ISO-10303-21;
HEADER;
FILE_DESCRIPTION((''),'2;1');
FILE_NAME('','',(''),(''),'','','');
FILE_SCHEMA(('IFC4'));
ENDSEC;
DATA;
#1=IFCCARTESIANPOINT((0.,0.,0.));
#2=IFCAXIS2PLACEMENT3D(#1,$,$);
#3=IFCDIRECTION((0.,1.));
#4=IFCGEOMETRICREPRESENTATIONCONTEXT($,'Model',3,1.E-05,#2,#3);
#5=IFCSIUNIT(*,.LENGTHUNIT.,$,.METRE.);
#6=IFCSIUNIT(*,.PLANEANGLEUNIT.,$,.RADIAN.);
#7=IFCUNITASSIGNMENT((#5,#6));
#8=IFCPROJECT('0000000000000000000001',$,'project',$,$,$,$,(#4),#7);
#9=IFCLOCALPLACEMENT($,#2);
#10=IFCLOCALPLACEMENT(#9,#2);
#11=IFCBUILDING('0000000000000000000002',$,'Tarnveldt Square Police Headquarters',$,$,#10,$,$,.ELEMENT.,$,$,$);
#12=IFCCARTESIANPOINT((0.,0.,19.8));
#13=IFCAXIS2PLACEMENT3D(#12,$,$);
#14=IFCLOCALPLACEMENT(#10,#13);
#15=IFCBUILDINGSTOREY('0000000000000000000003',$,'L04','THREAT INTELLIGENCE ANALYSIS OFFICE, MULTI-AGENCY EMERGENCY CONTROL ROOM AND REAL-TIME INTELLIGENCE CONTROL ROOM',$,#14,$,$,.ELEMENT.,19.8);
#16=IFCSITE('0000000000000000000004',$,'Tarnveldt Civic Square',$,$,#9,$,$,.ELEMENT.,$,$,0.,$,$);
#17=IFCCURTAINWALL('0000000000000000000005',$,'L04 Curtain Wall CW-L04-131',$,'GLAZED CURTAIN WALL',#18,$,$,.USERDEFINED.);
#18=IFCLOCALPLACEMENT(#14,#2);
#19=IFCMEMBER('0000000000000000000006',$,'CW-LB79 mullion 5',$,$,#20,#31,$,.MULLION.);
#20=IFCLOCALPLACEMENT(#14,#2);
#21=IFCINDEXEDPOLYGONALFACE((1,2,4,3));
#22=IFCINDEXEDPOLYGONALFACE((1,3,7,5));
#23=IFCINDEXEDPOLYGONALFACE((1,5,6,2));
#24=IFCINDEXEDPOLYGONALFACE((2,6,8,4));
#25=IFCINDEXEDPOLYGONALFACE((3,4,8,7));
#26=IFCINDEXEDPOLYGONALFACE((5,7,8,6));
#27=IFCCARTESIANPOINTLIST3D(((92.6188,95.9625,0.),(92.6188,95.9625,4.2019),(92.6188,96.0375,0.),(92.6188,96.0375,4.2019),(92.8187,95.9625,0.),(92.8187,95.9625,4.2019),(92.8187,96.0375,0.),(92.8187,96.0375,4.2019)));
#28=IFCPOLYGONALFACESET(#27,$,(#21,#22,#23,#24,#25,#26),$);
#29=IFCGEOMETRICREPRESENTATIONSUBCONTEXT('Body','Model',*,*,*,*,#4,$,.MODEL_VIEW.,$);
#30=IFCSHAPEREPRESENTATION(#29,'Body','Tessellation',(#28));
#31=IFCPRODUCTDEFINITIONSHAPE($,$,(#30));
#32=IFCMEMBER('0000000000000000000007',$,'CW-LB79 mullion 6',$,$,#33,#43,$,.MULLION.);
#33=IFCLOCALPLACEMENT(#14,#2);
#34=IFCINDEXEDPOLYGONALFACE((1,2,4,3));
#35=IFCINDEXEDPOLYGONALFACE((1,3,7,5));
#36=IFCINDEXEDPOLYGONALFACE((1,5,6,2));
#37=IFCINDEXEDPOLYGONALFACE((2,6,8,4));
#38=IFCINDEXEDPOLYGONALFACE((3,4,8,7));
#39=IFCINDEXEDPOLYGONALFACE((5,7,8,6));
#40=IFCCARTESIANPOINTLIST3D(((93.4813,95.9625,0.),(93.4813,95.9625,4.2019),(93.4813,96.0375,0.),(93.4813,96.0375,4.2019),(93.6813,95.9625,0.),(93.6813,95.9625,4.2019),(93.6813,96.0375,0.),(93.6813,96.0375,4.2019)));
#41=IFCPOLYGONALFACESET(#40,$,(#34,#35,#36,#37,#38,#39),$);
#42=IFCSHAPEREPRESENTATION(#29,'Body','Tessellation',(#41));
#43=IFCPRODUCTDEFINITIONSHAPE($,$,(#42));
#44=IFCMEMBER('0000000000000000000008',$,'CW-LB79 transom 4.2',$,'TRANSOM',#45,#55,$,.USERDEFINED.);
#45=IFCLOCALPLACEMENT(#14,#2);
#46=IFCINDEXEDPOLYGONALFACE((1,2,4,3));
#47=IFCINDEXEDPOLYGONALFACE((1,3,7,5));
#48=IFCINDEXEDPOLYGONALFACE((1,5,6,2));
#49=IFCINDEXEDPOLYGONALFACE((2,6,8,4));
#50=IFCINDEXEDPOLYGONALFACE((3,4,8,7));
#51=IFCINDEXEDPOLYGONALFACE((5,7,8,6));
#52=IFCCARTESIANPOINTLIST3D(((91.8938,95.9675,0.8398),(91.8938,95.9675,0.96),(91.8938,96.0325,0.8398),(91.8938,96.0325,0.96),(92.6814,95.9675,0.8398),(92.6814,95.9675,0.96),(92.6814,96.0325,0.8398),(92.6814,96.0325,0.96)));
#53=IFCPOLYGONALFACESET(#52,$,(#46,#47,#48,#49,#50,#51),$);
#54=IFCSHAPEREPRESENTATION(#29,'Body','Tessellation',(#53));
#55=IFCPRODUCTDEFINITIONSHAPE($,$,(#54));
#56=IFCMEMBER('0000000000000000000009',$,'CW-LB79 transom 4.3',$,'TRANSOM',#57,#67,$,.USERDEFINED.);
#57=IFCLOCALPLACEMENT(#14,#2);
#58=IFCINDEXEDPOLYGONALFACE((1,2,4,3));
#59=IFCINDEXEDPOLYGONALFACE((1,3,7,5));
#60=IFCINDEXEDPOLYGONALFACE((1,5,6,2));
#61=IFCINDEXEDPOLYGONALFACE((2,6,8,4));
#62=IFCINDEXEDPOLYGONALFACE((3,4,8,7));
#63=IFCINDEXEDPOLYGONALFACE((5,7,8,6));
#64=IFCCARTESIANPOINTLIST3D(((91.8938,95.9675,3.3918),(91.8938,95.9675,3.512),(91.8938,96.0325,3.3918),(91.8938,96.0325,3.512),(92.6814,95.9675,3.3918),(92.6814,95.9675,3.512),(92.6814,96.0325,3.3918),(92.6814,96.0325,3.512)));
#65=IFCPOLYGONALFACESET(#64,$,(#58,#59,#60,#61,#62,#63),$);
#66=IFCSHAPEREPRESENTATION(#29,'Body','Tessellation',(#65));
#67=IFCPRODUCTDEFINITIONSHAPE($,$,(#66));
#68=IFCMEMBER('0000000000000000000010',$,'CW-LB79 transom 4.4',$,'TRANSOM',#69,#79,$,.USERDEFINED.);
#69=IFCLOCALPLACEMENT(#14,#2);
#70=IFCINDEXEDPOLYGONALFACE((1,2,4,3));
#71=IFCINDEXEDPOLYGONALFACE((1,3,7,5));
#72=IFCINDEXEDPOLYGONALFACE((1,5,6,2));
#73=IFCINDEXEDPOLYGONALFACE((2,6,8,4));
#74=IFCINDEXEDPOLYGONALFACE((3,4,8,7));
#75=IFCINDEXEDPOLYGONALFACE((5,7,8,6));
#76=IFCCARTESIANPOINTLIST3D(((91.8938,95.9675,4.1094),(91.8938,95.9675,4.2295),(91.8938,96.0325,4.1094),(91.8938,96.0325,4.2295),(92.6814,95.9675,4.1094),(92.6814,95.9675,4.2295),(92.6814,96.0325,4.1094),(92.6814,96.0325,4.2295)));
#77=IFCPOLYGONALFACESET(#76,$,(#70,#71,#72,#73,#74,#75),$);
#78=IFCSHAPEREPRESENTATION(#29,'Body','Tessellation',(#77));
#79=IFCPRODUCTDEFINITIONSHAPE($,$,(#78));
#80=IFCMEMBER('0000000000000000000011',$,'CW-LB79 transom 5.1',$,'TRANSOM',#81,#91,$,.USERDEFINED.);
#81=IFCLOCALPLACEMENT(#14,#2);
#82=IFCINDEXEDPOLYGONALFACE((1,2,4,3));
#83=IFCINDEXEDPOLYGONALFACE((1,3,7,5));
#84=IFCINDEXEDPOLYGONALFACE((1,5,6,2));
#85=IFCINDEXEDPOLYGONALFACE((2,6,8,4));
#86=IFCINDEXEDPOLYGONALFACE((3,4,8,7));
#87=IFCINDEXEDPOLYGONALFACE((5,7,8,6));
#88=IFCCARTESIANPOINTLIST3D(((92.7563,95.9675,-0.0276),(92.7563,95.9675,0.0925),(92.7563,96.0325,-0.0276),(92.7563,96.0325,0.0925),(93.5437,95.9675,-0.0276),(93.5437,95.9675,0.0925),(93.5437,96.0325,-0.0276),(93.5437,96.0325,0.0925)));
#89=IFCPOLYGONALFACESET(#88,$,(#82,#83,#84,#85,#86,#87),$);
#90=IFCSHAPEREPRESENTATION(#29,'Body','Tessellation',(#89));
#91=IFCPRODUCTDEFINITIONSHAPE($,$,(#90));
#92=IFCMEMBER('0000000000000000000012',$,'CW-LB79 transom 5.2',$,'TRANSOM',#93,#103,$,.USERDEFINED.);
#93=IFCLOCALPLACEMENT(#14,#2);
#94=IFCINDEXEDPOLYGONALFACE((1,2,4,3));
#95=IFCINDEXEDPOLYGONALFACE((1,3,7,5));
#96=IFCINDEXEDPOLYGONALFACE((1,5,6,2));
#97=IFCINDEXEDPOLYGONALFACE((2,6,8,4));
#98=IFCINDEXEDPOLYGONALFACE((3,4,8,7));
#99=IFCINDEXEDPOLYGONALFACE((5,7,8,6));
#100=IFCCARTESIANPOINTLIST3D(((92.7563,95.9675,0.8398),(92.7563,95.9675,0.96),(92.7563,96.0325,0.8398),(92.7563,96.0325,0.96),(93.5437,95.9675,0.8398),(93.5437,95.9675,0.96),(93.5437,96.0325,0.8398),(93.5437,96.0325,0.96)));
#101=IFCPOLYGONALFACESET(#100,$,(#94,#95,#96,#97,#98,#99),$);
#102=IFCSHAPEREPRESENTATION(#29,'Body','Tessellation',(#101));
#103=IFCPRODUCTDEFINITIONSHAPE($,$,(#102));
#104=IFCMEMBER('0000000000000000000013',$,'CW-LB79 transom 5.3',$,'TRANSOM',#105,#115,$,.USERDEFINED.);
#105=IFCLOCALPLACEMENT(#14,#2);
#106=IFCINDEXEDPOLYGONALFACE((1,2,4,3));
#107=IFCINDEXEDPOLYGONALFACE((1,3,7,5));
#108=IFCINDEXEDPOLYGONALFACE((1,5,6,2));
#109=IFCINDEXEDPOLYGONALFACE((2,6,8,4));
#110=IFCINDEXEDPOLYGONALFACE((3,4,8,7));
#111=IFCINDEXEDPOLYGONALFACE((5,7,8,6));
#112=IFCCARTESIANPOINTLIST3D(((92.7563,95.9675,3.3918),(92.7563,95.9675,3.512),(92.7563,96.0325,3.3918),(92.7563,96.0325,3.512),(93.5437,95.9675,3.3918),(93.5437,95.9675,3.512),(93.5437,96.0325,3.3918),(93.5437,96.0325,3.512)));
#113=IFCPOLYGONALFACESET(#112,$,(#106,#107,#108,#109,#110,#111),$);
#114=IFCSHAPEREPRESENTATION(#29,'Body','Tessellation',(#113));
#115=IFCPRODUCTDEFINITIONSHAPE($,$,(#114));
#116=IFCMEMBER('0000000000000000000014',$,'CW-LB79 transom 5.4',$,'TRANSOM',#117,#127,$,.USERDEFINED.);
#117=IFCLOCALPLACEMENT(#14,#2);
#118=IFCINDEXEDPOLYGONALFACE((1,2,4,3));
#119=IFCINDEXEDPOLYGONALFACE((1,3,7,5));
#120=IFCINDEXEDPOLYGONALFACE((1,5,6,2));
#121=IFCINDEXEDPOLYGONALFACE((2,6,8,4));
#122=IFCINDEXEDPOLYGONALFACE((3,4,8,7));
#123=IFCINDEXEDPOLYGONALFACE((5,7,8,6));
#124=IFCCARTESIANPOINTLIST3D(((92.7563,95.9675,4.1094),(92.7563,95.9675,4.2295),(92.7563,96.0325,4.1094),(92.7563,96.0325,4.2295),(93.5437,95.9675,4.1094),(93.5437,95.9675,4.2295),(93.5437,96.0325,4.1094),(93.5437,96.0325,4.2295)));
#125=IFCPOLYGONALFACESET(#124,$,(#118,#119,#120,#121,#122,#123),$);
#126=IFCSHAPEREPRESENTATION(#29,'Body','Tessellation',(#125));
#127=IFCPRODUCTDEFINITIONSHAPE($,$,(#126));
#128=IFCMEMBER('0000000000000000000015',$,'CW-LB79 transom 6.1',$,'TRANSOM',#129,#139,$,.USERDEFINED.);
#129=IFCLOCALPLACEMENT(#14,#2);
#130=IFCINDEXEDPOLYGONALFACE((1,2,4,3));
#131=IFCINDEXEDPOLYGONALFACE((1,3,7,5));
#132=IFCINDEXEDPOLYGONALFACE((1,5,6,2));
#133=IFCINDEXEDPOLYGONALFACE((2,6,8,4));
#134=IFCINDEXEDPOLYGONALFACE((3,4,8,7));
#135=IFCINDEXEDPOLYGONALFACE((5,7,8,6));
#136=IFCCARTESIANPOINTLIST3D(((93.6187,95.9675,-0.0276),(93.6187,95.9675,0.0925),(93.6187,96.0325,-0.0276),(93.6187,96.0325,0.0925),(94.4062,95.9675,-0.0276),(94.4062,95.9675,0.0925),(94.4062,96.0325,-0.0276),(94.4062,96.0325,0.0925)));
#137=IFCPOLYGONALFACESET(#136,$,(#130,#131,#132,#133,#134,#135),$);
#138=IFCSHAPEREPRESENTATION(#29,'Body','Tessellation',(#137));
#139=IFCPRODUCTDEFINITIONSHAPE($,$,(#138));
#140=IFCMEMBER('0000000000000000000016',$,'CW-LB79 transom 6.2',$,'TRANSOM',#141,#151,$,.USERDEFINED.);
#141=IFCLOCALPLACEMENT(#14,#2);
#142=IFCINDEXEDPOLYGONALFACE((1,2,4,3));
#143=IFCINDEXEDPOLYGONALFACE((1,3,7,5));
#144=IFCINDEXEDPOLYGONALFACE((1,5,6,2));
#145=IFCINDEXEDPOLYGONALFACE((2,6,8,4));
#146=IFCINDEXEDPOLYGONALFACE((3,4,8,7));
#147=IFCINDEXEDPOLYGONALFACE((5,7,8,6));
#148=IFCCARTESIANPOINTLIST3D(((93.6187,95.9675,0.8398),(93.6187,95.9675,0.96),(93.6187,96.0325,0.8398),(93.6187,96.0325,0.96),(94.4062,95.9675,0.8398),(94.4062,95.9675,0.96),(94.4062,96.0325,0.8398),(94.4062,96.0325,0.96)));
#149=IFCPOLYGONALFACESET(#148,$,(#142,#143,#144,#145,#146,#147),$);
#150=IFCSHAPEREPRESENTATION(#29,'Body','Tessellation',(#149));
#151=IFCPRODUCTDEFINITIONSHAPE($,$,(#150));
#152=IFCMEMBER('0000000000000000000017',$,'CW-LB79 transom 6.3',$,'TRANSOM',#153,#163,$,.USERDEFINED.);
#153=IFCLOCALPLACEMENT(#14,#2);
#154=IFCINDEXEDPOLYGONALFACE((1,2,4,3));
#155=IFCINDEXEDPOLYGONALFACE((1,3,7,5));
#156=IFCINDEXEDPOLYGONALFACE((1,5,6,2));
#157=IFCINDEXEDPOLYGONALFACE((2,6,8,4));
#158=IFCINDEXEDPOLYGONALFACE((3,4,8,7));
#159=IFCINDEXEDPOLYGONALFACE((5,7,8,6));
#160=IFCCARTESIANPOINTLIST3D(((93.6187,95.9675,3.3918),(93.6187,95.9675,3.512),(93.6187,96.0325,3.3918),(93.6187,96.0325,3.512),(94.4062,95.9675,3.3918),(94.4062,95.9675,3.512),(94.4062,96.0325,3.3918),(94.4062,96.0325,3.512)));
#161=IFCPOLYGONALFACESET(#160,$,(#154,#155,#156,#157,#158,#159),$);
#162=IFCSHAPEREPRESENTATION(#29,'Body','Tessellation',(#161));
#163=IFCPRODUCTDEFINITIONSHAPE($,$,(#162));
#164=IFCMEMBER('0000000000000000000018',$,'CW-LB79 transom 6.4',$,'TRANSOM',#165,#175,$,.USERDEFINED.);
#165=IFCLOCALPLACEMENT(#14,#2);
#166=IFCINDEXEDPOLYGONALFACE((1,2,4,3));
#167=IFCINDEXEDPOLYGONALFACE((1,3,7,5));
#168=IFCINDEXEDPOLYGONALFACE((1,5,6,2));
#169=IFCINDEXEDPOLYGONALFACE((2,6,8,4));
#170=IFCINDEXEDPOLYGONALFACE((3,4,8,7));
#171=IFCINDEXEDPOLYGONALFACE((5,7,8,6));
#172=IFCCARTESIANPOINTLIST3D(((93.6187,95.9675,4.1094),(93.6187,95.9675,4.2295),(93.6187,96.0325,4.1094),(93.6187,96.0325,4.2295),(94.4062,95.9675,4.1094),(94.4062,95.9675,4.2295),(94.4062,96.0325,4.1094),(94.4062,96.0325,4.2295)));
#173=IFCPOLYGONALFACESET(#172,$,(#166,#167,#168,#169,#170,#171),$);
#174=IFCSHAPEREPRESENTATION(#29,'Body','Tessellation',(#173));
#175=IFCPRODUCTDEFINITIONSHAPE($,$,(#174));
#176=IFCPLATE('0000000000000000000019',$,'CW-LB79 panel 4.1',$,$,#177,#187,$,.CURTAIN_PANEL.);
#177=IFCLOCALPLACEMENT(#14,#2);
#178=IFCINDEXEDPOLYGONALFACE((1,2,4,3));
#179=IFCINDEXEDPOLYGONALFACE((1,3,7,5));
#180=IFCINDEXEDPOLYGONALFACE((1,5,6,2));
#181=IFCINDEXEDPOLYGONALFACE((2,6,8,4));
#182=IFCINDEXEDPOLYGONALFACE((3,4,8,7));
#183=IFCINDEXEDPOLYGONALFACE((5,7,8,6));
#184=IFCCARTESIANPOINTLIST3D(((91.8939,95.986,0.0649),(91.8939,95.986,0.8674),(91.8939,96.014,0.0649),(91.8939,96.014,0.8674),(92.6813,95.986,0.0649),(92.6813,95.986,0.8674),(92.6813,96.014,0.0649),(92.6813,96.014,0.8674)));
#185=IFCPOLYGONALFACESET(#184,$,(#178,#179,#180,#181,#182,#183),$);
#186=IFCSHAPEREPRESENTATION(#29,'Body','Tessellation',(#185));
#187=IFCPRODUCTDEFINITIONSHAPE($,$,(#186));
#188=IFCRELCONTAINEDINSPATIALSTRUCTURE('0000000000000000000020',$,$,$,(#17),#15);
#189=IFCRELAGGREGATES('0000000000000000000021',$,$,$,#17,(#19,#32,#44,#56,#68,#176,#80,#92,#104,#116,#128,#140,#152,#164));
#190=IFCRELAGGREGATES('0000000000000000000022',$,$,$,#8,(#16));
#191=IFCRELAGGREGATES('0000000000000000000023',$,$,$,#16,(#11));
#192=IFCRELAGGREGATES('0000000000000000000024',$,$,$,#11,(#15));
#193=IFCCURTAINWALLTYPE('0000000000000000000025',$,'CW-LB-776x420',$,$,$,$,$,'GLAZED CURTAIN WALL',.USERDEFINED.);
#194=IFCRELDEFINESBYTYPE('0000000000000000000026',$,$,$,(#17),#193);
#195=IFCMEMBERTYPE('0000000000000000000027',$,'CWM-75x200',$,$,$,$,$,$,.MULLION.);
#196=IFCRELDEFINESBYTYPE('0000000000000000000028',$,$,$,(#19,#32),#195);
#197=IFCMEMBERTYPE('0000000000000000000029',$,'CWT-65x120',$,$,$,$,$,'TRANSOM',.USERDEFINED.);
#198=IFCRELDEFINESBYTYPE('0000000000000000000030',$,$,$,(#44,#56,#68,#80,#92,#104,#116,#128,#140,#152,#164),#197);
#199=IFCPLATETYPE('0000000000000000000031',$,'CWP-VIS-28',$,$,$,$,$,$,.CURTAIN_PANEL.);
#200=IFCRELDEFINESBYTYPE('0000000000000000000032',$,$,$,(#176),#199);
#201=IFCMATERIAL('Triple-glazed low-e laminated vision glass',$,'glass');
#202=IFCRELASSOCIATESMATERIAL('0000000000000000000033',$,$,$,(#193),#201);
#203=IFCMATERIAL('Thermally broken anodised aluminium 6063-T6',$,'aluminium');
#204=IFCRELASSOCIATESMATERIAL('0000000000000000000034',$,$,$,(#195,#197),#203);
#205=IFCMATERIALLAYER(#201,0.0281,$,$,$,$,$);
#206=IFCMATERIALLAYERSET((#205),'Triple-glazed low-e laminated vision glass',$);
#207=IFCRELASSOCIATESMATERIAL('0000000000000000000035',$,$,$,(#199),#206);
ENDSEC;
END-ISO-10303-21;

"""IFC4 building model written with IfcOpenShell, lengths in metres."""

from ifc_helpers import new_model, si_unit, direction, frame, origin, origin_2d, place, context, subcontext, project, spatial, rectangle, extrude, material, layer, layer_set, material_profile, profile_set, type_object, element, aggregate, save


model = new_model("IFC4")

# Units and contexts
model_context = context("Model", 3, precision=1e-05, world=origin(), true_north=direction((0.0, 1.0)))
body_context = subcontext(model_context, "Body", "Model", "MODEL_VIEW")
ifc_project = project(units=[si_unit("LENGTHUNIT", "METRE"), si_unit("PLANEANGLEUNIT", "RADIAN")], contexts=[model_context])

# Site, building, storey
site_placement = place(None, origin())
site = spatial("IfcSite", under=ifc_project, at=site_placement, Name="Tarnveldt Civic Square", CompositionType="ELEMENT", RefElevation=0.0)
building_placement = place(site_placement, origin())
building = spatial("IfcBuilding", under=site, at=building_placement, Name="Tarnveldt Square Police Headquarters", CompositionType="ELEMENT")
storey_placement = place(building_placement, frame((0.0, 0.0, 19.8)))
storey = spatial("IfcBuildingStorey", under=building, at=storey_placement, Name="L04", Description="THREAT INTELLIGENCE ANALYSIS OFFICE, MULTI-AGENCY EMERGENCY CONTROL ROOM AND REAL-TIME INTELLIGENCE CONTROL ROOM", CompositionType="ELEMENT", Elevation=19.8)

# Curtain wall, members, plate
ifc_material_1 = material(Name="Triple-glazed low-e laminated vision glass", Category="glass")
curtain_wall_type = type_object("IfcCurtainWallType", Name="CW-LB-776x420", ElementType="GLAZED CURTAIN WALL", PredefinedType="USERDEFINED", material=ifc_material_1)
curtain_wall_placement = place(storey_placement, origin())
curtain_wall = element("IfcCurtainWall", 1, at=curtain_wall_placement, inside=storey, type_object=curtain_wall_type, Name="L04 Curtain Wall CW-L04-131", ObjectType="GLAZED CURTAIN WALL", PredefinedType="USERDEFINED")
ifc_material_2 = material(Name="Thermally broken anodised aluminium 6063-T6", Category="aluminium")
ifc_material_profile_1 = material_profile(ifc_material_2, rectangle(XDim=0.075, YDim=0.2, at=origin_2d()), Name="CW-M75x200")
ifc_profile_set_1 = profile_set([ifc_material_profile_1], Name="Thermally broken anodised aluminium 6063-T6")
member_type_1 = type_object("IfcMemberType", Name="CWM-75x200", PredefinedType="MULLION", material=ifc_profile_set_1)
member_1_placement = place(storey_placement, frame((92.7188, 96.0, 0.0), z_axis=(0.0, 0.0, 1.0), x_axis=(0.0, 1.0, 0.0)))
member_1 = element("IfcMember", 2, at=member_1_placement, type_object=member_type_1, Name="CW-LB79 mullion 5", PredefinedType="MULLION", context=body_context, shape_type="SweptSolid", body=[
    extrude(rectangle(XDim=0.075, YDim=0.2, at=origin_2d()), origin(), (0.0, 0.0, 1.0), 4.2019),
])
member_2_placement = place(storey_placement, frame((93.5813, 96.0, 0.0), z_axis=(0.0, 0.0, 1.0), x_axis=(0.0, 1.0, 0.0)))
member_2 = element("IfcMember", 3, at=member_2_placement, type_object=member_type_1, Name="CW-LB79 mullion 6", PredefinedType="MULLION", context=body_context, shape_type="SweptSolid", body=[
    extrude(rectangle(XDim=0.075, YDim=0.2, at=origin_2d()), origin(), (0.0, 0.0, 1.0), 4.2019),
])
ifc_material_profile_2 = material_profile(ifc_material_2, rectangle(XDim=0.0649, YDim=0.1201, at=origin_2d()), Name="CW-T65x120")
ifc_profile_set_2 = profile_set([ifc_material_profile_2], Name="Thermally broken anodised aluminium 6063-T6")
member_type_2 = type_object("IfcMemberType", Name="CWT-65x120", ElementType="TRANSOM", PredefinedType="USERDEFINED", material=ifc_profile_set_2)
member_3_placement = place(storey_placement, frame((91.8938, 96.0, 0.8999), z_axis=(1.0, 0.0, 0.0), x_axis=(0.0, 1.0, 0.0)))
member_3 = element("IfcMember", 4, at=member_3_placement, type_object=member_type_2, Name="CW-LB79 transom 4.2", ObjectType="TRANSOM", PredefinedType="USERDEFINED", context=body_context, shape_type="SweptSolid", body=[
    extrude(rectangle(XDim=0.0649, YDim=0.1201, at=origin_2d()), origin(), (0.0, 0.0, 1.0), 0.7876),
])
member_4_placement = place(storey_placement, frame((91.8938, 96.0, 3.4519), z_axis=(1.0, 0.0, 0.0), x_axis=(0.0, 1.0, 0.0)))
member_4 = element("IfcMember", 5, at=member_4_placement, type_object=member_type_2, Name="CW-LB79 transom 4.3", ObjectType="TRANSOM", PredefinedType="USERDEFINED", context=body_context, shape_type="SweptSolid", body=[
    extrude(rectangle(XDim=0.0649, YDim=0.1201, at=origin_2d()), origin(), (0.0, 0.0, 1.0), 0.7876),
])
member_5_placement = place(storey_placement, frame((91.8938, 96.0, 4.1694), z_axis=(1.0, 0.0, 0.0), x_axis=(0.0, 1.0, 0.0)))
member_5 = element("IfcMember", 6, at=member_5_placement, type_object=member_type_2, Name="CW-LB79 transom 4.4", ObjectType="TRANSOM", PredefinedType="USERDEFINED", context=body_context, shape_type="SweptSolid", body=[
    extrude(rectangle(XDim=0.0649, YDim=0.1201, at=origin_2d()), origin(), (0.0, 0.0, 1.0), 0.7876),
])
member_6_placement = place(storey_placement, frame((92.7563, 96.0, 0.0325), z_axis=(1.0, 0.0, 0.0), x_axis=(0.0, 1.0, 0.0)))
member_6 = element("IfcMember", 7, at=member_6_placement, type_object=member_type_2, Name="CW-LB79 transom 5.1", ObjectType="TRANSOM", PredefinedType="USERDEFINED", context=body_context, shape_type="SweptSolid", body=[
    extrude(rectangle(XDim=0.0649, YDim=0.1201, at=origin_2d()), origin(), (0.0, 0.0, 1.0), 0.7874),
])
member_7_placement = place(storey_placement, frame((92.7563, 96.0, 0.8999), z_axis=(1.0, 0.0, 0.0), x_axis=(0.0, 1.0, 0.0)))
member_7 = element("IfcMember", 8, at=member_7_placement, type_object=member_type_2, Name="CW-LB79 transom 5.2", ObjectType="TRANSOM", PredefinedType="USERDEFINED", context=body_context, shape_type="SweptSolid", body=[
    extrude(rectangle(XDim=0.0649, YDim=0.1201, at=origin_2d()), origin(), (0.0, 0.0, 1.0), 0.7874),
])
member_8_placement = place(storey_placement, frame((92.7563, 96.0, 3.4519), z_axis=(1.0, 0.0, 0.0), x_axis=(0.0, 1.0, 0.0)))
member_8 = element("IfcMember", 9, at=member_8_placement, type_object=member_type_2, Name="CW-LB79 transom 5.3", ObjectType="TRANSOM", PredefinedType="USERDEFINED", context=body_context, shape_type="SweptSolid", body=[
    extrude(rectangle(XDim=0.0649, YDim=0.1201, at=origin_2d()), origin(), (0.0, 0.0, 1.0), 0.7874),
])
member_9_placement = place(storey_placement, frame((92.7563, 96.0, 4.1694), z_axis=(1.0, 0.0, 0.0), x_axis=(0.0, 1.0, 0.0)))
member_9 = element("IfcMember", 10, at=member_9_placement, type_object=member_type_2, Name="CW-LB79 transom 5.4", ObjectType="TRANSOM", PredefinedType="USERDEFINED", context=body_context, shape_type="SweptSolid", body=[
    extrude(rectangle(XDim=0.0649, YDim=0.1201, at=origin_2d()), origin(), (0.0, 0.0, 1.0), 0.7874),
])
member_10_placement = place(storey_placement, frame((93.6187, 96.0, 0.0325), z_axis=(1.0, 0.0, 0.0), x_axis=(0.0, 1.0, 0.0)))
member_10 = element("IfcMember", 11, at=member_10_placement, type_object=member_type_2, Name="CW-LB79 transom 6.1", ObjectType="TRANSOM", PredefinedType="USERDEFINED", context=body_context, shape_type="SweptSolid", body=[
    extrude(rectangle(XDim=0.0649, YDim=0.1201, at=origin_2d()), origin(), (0.0, 0.0, 1.0), 0.7876),
])
member_11_placement = place(storey_placement, frame((93.6187, 96.0, 0.8999), z_axis=(1.0, 0.0, 0.0), x_axis=(0.0, 1.0, 0.0)))
member_11 = element("IfcMember", 12, at=member_11_placement, type_object=member_type_2, Name="CW-LB79 transom 6.2", ObjectType="TRANSOM", PredefinedType="USERDEFINED", context=body_context, shape_type="SweptSolid", body=[
    extrude(rectangle(XDim=0.0649, YDim=0.1201, at=origin_2d()), origin(), (0.0, 0.0, 1.0), 0.7876),
])
member_12_placement = place(storey_placement, frame((93.6187, 96.0, 3.4519), z_axis=(1.0, 0.0, 0.0), x_axis=(0.0, 1.0, 0.0)))
member_12 = element("IfcMember", 13, at=member_12_placement, type_object=member_type_2, Name="CW-LB79 transom 6.3", ObjectType="TRANSOM", PredefinedType="USERDEFINED", context=body_context, shape_type="SweptSolid", body=[
    extrude(rectangle(XDim=0.0649, YDim=0.1201, at=origin_2d()), origin(), (0.0, 0.0, 1.0), 0.7876),
])
member_13_placement = place(storey_placement, frame((93.6187, 96.0, 4.1694), z_axis=(1.0, 0.0, 0.0), x_axis=(0.0, 1.0, 0.0)))
member_13 = element("IfcMember", 14, at=member_13_placement, type_object=member_type_2, Name="CW-LB79 transom 6.4", ObjectType="TRANSOM", PredefinedType="USERDEFINED", context=body_context, shape_type="SweptSolid", body=[
    extrude(rectangle(XDim=0.0649, YDim=0.1201, at=origin_2d()), origin(), (0.0, 0.0, 1.0), 0.7876),
])
ifc_layer_1 = layer(ifc_material_1, 0.0281)
ifc_layer_set_1 = layer_set([ifc_layer_1], Name="Triple-glazed low-e laminated vision glass")
plate_type = type_object("IfcPlateType", Name="CWP-VIS-28", PredefinedType="CURTAIN_PANEL", material=ifc_layer_set_1)
plate_1_placement = place(storey_placement, frame((92.2876, 96.0, 0.0649), z_axis=(0.0, 0.0, 1.0), x_axis=(1.0, 0.0, 0.0)))
plate_1 = element("IfcPlate", 15, at=plate_1_placement, type_object=plate_type, Name="CW-LB79 panel 4.1", PredefinedType="CURTAIN_PANEL", context=body_context, shape_type="SweptSolid", body=[
    extrude(rectangle(XDim=0.7874, YDim=0.0281, at=origin_2d()), origin(), (0.0, 0.0, 1.0), 0.8025),
])
aggregate(curtain_wall, [member_1, member_2, member_3, member_4, member_5, plate_1, member_6, member_7, member_8, member_9, member_10, member_11, member_12, member_13])

save(model, "model.ifc")
